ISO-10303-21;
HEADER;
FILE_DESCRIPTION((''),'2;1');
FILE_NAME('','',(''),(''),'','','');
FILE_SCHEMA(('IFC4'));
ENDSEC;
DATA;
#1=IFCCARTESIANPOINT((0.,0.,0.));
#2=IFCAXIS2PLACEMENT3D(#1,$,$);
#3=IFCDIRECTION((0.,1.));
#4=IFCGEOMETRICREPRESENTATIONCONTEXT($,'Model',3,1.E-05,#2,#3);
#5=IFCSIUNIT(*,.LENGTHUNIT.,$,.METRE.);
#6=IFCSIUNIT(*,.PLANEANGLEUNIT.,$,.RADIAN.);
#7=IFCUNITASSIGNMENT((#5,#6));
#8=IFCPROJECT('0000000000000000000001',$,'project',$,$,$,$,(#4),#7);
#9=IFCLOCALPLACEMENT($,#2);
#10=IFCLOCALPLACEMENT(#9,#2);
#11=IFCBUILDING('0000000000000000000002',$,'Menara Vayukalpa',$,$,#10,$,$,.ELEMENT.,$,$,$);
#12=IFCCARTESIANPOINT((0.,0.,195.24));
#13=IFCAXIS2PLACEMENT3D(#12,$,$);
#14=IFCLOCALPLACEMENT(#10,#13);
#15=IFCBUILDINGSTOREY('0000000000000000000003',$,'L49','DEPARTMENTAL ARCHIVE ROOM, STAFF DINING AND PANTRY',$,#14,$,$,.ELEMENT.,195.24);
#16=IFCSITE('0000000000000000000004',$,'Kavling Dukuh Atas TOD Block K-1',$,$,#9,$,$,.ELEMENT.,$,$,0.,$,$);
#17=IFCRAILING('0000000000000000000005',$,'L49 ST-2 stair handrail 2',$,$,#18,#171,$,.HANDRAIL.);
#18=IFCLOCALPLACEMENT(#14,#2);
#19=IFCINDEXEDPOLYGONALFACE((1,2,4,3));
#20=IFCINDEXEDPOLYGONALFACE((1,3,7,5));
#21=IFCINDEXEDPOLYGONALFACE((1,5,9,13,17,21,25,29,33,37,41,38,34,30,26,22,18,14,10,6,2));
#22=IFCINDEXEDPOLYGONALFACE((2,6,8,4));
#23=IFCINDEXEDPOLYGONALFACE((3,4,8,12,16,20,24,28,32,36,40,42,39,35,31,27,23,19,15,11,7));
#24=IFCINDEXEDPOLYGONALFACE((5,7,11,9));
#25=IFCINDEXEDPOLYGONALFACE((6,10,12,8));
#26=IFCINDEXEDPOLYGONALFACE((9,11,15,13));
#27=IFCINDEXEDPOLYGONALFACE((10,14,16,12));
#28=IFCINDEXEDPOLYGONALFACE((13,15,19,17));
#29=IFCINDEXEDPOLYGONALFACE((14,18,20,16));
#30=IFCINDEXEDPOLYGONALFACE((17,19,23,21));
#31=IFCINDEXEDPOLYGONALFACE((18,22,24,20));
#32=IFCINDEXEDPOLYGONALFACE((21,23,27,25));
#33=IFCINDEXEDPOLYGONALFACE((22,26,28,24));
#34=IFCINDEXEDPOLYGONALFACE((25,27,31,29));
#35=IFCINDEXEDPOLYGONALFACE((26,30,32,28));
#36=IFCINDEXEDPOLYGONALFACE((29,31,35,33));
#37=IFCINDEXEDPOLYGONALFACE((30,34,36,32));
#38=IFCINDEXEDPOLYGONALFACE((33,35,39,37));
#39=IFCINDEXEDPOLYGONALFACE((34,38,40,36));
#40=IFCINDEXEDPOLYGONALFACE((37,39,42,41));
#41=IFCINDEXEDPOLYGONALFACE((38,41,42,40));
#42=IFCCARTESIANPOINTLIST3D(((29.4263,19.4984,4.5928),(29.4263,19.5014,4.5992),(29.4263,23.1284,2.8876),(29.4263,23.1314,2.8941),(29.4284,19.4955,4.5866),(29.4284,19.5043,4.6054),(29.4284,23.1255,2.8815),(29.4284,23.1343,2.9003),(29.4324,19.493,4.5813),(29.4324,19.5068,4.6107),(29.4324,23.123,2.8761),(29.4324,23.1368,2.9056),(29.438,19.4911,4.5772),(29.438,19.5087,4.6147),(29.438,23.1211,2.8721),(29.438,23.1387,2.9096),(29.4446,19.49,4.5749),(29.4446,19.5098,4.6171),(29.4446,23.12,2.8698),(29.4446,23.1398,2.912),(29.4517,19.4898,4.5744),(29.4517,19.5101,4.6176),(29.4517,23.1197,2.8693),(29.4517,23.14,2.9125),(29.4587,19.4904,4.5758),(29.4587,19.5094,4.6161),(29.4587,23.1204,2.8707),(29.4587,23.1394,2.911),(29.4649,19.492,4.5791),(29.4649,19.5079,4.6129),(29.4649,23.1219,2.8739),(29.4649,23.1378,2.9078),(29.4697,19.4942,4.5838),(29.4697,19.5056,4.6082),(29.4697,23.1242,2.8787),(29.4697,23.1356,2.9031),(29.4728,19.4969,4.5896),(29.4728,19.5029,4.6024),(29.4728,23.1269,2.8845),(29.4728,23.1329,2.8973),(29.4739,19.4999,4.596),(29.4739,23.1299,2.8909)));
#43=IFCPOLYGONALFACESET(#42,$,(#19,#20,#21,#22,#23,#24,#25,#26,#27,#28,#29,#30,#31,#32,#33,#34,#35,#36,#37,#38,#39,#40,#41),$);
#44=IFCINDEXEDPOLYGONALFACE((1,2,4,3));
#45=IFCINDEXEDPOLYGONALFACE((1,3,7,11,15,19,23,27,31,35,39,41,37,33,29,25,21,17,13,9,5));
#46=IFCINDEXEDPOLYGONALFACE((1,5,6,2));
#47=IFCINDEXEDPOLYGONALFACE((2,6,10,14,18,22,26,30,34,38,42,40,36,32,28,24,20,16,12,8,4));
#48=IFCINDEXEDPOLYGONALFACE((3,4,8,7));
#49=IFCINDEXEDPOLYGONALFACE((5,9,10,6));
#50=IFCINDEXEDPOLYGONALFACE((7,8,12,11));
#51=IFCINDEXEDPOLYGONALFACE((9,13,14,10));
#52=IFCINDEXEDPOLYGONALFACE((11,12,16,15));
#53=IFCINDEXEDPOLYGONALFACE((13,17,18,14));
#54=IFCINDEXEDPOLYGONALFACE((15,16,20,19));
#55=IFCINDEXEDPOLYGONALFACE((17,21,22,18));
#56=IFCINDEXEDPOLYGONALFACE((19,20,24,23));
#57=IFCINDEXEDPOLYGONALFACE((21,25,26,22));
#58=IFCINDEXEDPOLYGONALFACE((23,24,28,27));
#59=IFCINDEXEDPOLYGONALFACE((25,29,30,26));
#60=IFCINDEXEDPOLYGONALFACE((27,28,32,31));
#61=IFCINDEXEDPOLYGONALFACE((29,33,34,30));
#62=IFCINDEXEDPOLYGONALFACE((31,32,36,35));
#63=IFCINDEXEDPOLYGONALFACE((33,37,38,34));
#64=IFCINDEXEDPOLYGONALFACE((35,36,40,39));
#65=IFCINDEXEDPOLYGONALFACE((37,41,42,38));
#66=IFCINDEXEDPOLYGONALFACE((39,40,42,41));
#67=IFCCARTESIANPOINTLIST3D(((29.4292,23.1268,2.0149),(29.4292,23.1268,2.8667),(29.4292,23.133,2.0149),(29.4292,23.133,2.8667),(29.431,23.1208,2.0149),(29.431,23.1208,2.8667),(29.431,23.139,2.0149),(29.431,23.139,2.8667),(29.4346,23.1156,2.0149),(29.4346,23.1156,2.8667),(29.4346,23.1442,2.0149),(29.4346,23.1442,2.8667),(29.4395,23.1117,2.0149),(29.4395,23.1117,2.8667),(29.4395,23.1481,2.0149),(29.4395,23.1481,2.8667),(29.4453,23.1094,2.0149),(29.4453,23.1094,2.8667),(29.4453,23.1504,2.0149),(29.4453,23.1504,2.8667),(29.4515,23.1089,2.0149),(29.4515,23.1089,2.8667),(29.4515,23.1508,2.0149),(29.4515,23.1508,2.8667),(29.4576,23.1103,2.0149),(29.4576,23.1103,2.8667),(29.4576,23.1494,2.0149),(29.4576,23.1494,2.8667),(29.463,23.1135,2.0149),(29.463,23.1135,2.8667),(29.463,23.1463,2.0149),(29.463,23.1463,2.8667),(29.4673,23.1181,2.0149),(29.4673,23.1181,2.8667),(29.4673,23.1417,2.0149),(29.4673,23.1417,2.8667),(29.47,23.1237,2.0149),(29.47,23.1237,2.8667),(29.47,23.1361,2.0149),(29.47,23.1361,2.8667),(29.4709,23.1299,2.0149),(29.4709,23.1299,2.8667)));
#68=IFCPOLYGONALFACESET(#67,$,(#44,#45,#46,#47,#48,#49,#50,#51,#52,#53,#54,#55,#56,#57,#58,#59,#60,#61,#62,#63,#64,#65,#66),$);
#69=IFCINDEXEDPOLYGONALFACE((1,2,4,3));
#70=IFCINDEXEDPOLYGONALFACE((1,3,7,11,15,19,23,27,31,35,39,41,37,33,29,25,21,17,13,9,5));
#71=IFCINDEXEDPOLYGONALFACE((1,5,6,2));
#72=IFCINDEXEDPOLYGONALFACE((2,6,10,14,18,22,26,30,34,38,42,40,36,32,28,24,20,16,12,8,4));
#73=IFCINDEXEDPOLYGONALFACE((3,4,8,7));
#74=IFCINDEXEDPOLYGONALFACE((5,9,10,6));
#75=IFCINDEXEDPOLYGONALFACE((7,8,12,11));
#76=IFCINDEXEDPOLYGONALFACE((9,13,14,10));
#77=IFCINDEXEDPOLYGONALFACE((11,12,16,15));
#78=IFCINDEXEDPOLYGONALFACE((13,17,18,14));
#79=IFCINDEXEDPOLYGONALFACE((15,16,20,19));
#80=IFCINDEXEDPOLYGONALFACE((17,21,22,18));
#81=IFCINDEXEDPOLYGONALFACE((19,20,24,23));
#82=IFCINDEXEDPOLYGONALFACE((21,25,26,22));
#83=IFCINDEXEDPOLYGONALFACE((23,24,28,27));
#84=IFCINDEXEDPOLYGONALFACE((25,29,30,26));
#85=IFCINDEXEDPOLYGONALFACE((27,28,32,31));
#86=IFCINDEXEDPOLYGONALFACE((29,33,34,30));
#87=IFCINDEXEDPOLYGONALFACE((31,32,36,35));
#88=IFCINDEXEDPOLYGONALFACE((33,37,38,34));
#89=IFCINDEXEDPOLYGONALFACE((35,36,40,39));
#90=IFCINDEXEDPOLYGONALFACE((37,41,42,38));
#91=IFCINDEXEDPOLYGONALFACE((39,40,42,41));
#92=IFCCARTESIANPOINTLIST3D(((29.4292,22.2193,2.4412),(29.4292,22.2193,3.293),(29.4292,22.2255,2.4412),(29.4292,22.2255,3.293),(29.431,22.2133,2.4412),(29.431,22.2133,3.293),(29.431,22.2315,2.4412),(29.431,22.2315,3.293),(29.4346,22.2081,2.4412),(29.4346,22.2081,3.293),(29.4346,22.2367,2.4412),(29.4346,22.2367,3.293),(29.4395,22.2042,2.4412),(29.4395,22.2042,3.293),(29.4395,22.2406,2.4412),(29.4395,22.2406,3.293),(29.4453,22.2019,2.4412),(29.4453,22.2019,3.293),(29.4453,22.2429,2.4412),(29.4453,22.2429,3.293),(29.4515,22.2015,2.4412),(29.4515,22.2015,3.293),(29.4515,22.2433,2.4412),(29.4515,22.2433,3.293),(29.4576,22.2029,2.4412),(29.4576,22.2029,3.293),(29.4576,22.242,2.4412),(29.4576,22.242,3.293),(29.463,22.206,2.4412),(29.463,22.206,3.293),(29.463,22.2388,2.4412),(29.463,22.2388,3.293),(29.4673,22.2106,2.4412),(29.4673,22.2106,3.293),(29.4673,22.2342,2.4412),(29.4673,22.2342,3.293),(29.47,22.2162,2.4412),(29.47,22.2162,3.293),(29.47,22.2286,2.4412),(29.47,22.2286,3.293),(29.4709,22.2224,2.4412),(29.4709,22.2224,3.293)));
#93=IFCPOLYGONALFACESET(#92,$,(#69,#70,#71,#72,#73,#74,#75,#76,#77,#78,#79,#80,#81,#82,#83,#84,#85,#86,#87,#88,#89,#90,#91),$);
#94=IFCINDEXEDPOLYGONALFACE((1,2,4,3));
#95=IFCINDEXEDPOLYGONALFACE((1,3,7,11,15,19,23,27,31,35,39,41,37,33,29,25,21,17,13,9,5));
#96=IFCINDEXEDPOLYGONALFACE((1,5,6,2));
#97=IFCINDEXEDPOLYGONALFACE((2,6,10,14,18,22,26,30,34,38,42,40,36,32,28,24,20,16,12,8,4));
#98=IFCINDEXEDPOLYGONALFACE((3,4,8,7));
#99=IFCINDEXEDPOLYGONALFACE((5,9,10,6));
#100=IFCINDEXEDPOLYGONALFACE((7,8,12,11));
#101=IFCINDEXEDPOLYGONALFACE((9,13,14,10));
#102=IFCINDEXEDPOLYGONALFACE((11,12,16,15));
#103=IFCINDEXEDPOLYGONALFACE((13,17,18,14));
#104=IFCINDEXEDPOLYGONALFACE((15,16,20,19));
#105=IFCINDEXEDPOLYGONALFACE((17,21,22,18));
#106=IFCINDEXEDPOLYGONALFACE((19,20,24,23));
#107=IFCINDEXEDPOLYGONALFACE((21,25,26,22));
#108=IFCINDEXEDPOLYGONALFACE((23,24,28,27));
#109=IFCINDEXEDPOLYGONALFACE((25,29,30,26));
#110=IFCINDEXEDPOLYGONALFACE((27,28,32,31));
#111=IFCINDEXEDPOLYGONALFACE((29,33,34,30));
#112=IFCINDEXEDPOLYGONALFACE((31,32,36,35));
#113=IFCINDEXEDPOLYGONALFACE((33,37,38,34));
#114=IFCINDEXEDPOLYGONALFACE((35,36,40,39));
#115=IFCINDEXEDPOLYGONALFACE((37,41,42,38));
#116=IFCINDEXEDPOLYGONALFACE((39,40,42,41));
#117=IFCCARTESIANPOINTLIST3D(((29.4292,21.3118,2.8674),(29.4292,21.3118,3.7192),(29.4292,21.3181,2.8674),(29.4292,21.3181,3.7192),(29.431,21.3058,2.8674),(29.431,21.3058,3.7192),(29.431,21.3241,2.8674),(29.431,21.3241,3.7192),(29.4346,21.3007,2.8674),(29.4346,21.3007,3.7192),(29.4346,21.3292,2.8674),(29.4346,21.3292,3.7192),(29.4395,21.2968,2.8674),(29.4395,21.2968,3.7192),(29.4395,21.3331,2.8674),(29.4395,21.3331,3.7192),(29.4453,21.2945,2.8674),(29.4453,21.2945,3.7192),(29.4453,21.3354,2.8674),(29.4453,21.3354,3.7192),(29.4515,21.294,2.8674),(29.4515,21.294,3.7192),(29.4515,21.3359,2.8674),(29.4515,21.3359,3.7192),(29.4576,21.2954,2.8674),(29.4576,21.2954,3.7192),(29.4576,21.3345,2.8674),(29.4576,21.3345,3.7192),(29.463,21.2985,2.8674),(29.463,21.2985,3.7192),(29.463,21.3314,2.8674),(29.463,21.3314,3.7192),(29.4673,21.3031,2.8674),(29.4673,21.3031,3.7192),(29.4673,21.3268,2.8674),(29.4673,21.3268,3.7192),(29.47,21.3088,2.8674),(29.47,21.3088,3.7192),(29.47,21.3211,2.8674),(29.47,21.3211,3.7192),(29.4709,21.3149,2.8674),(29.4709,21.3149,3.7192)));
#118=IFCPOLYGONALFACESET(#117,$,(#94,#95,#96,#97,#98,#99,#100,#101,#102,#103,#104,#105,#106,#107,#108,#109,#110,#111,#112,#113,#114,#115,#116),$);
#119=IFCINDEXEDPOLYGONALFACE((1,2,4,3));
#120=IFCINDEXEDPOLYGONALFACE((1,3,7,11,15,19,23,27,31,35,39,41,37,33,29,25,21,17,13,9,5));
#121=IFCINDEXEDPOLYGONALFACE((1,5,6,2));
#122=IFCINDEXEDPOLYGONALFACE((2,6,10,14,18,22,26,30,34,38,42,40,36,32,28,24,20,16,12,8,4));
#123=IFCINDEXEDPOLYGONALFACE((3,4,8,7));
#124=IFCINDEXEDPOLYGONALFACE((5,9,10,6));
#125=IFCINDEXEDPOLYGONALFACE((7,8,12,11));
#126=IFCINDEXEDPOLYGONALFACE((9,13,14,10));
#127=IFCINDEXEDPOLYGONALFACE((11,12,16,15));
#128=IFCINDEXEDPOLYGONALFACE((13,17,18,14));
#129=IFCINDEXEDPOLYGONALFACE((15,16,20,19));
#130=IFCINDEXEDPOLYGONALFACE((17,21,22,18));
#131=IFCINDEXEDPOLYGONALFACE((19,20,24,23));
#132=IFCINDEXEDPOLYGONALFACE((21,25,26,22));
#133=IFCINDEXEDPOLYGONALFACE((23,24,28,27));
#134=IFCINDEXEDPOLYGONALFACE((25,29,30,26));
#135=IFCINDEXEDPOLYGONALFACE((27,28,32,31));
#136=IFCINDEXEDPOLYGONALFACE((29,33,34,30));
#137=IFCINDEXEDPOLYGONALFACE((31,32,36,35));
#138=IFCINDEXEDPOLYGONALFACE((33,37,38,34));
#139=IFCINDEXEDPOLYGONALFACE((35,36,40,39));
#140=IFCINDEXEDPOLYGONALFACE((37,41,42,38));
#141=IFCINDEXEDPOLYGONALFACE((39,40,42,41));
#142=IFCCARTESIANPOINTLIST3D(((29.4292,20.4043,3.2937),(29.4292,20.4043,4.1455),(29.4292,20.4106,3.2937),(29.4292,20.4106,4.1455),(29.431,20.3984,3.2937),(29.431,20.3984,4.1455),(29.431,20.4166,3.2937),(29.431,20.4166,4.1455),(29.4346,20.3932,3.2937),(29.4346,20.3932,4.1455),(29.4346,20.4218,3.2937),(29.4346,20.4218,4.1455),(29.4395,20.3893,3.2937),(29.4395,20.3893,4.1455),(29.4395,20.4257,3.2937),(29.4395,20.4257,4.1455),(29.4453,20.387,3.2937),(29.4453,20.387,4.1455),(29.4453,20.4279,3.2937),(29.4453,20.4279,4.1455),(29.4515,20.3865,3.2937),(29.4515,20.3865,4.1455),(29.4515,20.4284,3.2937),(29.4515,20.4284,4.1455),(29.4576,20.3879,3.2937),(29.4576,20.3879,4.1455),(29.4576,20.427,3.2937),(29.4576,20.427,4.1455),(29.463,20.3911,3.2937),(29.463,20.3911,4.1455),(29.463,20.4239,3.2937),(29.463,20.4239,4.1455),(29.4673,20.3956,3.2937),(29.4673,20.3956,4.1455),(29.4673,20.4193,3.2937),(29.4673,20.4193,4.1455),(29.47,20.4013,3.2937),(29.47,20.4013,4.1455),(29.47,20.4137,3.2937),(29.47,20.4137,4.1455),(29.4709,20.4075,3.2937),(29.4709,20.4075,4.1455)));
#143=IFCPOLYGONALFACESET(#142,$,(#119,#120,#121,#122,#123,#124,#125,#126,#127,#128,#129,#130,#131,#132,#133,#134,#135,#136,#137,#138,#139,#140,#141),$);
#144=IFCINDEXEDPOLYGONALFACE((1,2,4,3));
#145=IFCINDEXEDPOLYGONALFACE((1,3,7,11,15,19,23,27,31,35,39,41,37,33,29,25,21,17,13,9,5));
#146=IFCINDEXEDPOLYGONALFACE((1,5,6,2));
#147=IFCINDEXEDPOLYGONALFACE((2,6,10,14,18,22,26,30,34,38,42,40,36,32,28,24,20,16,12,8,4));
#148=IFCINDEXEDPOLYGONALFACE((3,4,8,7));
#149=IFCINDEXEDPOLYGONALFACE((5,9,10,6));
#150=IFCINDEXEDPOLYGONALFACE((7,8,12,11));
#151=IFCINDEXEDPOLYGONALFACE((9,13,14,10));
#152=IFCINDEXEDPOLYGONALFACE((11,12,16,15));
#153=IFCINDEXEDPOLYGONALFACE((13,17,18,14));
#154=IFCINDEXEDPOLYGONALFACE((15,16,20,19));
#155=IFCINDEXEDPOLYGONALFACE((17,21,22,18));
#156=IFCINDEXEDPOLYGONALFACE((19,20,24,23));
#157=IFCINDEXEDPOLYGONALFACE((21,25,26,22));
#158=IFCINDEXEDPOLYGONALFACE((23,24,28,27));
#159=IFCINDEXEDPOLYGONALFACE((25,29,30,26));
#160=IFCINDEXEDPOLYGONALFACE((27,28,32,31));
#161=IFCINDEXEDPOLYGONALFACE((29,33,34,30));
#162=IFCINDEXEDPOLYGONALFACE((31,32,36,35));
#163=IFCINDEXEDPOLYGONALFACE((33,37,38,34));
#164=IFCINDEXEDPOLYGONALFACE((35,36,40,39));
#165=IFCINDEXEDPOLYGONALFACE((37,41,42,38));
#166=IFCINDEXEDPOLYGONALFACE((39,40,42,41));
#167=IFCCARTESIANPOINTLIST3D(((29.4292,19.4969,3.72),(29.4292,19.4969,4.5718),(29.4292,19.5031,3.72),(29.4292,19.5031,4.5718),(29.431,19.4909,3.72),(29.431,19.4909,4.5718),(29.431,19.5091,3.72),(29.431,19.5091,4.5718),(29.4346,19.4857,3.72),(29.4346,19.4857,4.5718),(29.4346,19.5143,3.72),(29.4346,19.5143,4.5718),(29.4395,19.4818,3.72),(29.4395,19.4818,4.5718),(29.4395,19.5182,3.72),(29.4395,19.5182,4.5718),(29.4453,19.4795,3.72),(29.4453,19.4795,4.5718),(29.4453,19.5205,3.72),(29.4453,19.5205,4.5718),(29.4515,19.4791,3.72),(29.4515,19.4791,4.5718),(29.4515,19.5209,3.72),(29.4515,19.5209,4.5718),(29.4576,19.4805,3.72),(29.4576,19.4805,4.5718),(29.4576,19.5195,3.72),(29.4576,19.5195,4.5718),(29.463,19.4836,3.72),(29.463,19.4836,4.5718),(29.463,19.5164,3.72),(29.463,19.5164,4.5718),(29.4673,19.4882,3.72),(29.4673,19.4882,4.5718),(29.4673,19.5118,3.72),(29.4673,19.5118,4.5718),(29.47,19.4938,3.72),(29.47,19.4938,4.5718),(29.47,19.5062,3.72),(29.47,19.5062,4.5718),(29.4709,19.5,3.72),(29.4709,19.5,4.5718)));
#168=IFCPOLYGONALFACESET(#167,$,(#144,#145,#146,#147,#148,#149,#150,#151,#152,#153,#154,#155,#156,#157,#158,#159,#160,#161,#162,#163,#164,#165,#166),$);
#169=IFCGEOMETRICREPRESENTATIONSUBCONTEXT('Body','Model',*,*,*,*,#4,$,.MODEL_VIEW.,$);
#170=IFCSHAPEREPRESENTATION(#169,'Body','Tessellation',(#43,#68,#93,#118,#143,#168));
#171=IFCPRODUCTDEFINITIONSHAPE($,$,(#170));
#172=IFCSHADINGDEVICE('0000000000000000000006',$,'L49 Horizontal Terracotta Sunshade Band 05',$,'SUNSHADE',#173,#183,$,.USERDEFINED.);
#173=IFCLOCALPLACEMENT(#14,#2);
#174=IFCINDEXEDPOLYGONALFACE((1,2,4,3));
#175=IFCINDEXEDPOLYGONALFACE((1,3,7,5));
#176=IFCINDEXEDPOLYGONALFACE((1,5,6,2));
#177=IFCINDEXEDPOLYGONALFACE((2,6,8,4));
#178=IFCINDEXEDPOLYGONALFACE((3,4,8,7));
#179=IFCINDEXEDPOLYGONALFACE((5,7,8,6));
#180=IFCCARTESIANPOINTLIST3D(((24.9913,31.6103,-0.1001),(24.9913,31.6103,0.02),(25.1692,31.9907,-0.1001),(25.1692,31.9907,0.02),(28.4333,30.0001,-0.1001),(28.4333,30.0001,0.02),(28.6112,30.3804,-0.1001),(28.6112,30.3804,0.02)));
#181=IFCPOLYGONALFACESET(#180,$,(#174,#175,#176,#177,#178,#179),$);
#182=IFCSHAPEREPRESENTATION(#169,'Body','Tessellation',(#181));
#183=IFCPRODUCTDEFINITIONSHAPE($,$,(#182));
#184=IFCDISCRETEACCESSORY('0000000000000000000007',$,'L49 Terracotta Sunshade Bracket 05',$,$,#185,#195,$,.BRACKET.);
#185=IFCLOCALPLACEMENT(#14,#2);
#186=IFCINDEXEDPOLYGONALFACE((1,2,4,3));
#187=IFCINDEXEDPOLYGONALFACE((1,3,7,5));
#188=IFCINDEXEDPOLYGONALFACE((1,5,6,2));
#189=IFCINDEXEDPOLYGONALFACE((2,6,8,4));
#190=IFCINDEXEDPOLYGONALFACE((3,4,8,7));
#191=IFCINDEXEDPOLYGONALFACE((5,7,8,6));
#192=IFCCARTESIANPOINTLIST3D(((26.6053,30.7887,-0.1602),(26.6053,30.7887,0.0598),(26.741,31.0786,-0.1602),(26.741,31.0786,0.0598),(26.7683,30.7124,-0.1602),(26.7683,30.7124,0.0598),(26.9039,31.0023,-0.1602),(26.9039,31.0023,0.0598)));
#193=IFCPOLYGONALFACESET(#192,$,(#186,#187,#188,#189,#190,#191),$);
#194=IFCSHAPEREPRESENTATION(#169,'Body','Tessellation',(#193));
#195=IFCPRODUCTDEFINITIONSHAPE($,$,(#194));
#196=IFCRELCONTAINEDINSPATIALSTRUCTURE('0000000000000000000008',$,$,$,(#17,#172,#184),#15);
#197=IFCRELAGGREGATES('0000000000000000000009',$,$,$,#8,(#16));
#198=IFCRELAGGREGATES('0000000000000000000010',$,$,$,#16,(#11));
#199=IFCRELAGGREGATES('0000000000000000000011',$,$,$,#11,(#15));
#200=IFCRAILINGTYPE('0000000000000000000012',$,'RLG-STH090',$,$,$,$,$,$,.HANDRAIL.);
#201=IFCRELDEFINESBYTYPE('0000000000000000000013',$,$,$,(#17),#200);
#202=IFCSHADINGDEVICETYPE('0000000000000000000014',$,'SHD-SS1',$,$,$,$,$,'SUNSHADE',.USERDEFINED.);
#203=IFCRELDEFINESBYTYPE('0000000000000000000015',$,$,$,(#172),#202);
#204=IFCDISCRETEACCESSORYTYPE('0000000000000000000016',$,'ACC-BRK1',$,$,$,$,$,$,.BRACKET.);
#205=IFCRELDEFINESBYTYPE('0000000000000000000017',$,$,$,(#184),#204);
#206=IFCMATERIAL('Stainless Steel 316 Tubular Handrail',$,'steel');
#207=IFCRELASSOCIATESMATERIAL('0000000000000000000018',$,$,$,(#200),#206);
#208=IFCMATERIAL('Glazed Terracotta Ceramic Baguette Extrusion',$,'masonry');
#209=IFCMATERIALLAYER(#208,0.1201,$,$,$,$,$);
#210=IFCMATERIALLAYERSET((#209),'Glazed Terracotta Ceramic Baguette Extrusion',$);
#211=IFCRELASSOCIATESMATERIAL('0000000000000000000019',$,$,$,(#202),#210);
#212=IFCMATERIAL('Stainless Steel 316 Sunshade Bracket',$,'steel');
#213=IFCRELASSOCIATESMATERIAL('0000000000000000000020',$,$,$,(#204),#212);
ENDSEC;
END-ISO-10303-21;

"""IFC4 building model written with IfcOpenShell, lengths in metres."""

from ifc_helpers import new_model, si_unit, direction, frame, origin, origin_2d, place, context, subcontext, project, spatial, rectangle, circle, extrude, material, layer, layer_set, type_object, element, save


model = new_model("IFC4")

# Units and contexts
model_context = context("Model", 3, precision=1e-05, world=origin(), true_north=direction((0.0, 1.0)))
body_context = subcontext(model_context, "Body", "Model", "MODEL_VIEW")
ifc_project = project(units=[si_unit("LENGTHUNIT", "METRE"), si_unit("PLANEANGLEUNIT", "RADIAN")], contexts=[model_context])

# Site, building, storey
site_placement = place(None, origin())
site = spatial("IfcSite", under=ifc_project, at=site_placement, Name="Kavling Dukuh Atas TOD Block K-1", CompositionType="ELEMENT", RefElevation=0.0)
building_placement = place(site_placement, origin())
building = spatial("IfcBuilding", under=site, at=building_placement, Name="Menara Vayukalpa", CompositionType="ELEMENT")
storey_placement = place(building_placement, frame((0.0, 0.0, 195.24)))
storey = spatial("IfcBuildingStorey", under=building, at=storey_placement, Name="L49", Description="DEPARTMENTAL ARCHIVE ROOM, STAFF DINING AND PANTRY", CompositionType="ELEMENT", Elevation=195.24)

# Railing
ifc_material_1 = material(Name="Stainless Steel 316 Tubular Handrail", Category="steel")
railing_type_1 = type_object("IfcRailingType", Name="RLG-STH090", PredefinedType="HANDRAIL", material=ifc_material_1)
railing_1_placement = place(storey_placement, frame((29.45, 23.1299, 2.0149)))
element("IfcRailing", 1, at=railing_1_placement, inside=storey, type_object=railing_type_1, Name="L49 ST-2 stair handrail 2", PredefinedType="HANDRAIL", context=body_context, shape_type="SweptSolid", body=[
    extrude(circle(Radius=0.0239, at=origin_2d()), frame((0.0, 0.0, 0.876), z_axis=(0.0, -0.905116, 0.425164), x_axis=(1.0, 0.0, 0.0)), (0.0, 0.0, 1.0), 4.0105),
    extrude(circle(Radius=0.021, at=origin_2d()), origin(), (0.0, 0.0, 1.0), 0.8518),
    extrude(circle(Radius=0.021, at=origin_2d()), frame((0.0, -0.9075, 0.4263)), (0.0, 0.0, 1.0), 0.8518),
    extrude(circle(Radius=0.021, at=origin_2d()), frame((0.0, -1.8149, 0.8525)), (0.0, 0.0, 1.0), 0.8518),
    extrude(circle(Radius=0.021, at=origin_2d()), frame((0.0, -2.7224, 1.2788)), (0.0, 0.0, 1.0), 0.8518),
    extrude(circle(Radius=0.021, at=origin_2d()), frame((0.0, -3.6299, 1.7051)), (0.0, 0.0, 1.0), 0.8518),
])

# Shading device
ifc_material_2 = material(Name="Glazed Terracotta Ceramic Baguette Extrusion", Category="masonry")
ifc_layer_1 = layer(ifc_material_2, 0.1201)
ifc_layer_set_1 = layer_set([ifc_layer_1], Name="Glazed Terracotta Ceramic Baguette Extrusion")
shading_device_type = type_object("IfcShadingDeviceType", Name="SHD-SS1", ElementType="SUNSHADE", PredefinedType="USERDEFINED", material=ifc_layer_set_1)
shading_device_placement = place(storey_placement, frame((26.8013, 30.9954, -0.1001), z_axis=(0.0, 0.0, 1.0), x_axis=(-0.905783, 0.423741, 0.0)))
element("IfcShadingDevice", 2, at=shading_device_placement, inside=storey, type_object=shading_device_type, Name="L49 Horizontal Terracotta Sunshade Band 05", ObjectType="SUNSHADE", PredefinedType="USERDEFINED", context=body_context, shape_type="SweptSolid", body=[
    extrude(rectangle(XDim=3.8, YDim=0.4199, at=origin_2d()), origin(), (0.0, 0.0, 1.0), 0.1201),
])

# Discrete accessory
ifc_material_3 = material(Name="Stainless Steel 316 Sunshade Bracket", Category="steel")
discrete_accessory_type = type_object("IfcDiscreteAccessoryType", Name="ACC-BRK1", PredefinedType="BRACKET", material=ifc_material_3)
discrete_accessory_placement = place(storey_placement, frame((26.7546, 30.8955, -0.1602), z_axis=(0.0, 0.0, 1.0), x_axis=(-0.905783, 0.423741, 0.0)))
element("IfcDiscreteAccessory", 3, at=discrete_accessory_placement, inside=storey, type_object=discrete_accessory_type, Name="L49 Terracotta Sunshade Bracket 05", PredefinedType="BRACKET", context=body_context, shape_type="SweptSolid", body=[
    extrude(rectangle(XDim=0.1799, YDim=0.3201, at=origin_2d()), origin(), (0.0, 0.0, 1.0), 0.22),
])

save(model, "model.ifc")
